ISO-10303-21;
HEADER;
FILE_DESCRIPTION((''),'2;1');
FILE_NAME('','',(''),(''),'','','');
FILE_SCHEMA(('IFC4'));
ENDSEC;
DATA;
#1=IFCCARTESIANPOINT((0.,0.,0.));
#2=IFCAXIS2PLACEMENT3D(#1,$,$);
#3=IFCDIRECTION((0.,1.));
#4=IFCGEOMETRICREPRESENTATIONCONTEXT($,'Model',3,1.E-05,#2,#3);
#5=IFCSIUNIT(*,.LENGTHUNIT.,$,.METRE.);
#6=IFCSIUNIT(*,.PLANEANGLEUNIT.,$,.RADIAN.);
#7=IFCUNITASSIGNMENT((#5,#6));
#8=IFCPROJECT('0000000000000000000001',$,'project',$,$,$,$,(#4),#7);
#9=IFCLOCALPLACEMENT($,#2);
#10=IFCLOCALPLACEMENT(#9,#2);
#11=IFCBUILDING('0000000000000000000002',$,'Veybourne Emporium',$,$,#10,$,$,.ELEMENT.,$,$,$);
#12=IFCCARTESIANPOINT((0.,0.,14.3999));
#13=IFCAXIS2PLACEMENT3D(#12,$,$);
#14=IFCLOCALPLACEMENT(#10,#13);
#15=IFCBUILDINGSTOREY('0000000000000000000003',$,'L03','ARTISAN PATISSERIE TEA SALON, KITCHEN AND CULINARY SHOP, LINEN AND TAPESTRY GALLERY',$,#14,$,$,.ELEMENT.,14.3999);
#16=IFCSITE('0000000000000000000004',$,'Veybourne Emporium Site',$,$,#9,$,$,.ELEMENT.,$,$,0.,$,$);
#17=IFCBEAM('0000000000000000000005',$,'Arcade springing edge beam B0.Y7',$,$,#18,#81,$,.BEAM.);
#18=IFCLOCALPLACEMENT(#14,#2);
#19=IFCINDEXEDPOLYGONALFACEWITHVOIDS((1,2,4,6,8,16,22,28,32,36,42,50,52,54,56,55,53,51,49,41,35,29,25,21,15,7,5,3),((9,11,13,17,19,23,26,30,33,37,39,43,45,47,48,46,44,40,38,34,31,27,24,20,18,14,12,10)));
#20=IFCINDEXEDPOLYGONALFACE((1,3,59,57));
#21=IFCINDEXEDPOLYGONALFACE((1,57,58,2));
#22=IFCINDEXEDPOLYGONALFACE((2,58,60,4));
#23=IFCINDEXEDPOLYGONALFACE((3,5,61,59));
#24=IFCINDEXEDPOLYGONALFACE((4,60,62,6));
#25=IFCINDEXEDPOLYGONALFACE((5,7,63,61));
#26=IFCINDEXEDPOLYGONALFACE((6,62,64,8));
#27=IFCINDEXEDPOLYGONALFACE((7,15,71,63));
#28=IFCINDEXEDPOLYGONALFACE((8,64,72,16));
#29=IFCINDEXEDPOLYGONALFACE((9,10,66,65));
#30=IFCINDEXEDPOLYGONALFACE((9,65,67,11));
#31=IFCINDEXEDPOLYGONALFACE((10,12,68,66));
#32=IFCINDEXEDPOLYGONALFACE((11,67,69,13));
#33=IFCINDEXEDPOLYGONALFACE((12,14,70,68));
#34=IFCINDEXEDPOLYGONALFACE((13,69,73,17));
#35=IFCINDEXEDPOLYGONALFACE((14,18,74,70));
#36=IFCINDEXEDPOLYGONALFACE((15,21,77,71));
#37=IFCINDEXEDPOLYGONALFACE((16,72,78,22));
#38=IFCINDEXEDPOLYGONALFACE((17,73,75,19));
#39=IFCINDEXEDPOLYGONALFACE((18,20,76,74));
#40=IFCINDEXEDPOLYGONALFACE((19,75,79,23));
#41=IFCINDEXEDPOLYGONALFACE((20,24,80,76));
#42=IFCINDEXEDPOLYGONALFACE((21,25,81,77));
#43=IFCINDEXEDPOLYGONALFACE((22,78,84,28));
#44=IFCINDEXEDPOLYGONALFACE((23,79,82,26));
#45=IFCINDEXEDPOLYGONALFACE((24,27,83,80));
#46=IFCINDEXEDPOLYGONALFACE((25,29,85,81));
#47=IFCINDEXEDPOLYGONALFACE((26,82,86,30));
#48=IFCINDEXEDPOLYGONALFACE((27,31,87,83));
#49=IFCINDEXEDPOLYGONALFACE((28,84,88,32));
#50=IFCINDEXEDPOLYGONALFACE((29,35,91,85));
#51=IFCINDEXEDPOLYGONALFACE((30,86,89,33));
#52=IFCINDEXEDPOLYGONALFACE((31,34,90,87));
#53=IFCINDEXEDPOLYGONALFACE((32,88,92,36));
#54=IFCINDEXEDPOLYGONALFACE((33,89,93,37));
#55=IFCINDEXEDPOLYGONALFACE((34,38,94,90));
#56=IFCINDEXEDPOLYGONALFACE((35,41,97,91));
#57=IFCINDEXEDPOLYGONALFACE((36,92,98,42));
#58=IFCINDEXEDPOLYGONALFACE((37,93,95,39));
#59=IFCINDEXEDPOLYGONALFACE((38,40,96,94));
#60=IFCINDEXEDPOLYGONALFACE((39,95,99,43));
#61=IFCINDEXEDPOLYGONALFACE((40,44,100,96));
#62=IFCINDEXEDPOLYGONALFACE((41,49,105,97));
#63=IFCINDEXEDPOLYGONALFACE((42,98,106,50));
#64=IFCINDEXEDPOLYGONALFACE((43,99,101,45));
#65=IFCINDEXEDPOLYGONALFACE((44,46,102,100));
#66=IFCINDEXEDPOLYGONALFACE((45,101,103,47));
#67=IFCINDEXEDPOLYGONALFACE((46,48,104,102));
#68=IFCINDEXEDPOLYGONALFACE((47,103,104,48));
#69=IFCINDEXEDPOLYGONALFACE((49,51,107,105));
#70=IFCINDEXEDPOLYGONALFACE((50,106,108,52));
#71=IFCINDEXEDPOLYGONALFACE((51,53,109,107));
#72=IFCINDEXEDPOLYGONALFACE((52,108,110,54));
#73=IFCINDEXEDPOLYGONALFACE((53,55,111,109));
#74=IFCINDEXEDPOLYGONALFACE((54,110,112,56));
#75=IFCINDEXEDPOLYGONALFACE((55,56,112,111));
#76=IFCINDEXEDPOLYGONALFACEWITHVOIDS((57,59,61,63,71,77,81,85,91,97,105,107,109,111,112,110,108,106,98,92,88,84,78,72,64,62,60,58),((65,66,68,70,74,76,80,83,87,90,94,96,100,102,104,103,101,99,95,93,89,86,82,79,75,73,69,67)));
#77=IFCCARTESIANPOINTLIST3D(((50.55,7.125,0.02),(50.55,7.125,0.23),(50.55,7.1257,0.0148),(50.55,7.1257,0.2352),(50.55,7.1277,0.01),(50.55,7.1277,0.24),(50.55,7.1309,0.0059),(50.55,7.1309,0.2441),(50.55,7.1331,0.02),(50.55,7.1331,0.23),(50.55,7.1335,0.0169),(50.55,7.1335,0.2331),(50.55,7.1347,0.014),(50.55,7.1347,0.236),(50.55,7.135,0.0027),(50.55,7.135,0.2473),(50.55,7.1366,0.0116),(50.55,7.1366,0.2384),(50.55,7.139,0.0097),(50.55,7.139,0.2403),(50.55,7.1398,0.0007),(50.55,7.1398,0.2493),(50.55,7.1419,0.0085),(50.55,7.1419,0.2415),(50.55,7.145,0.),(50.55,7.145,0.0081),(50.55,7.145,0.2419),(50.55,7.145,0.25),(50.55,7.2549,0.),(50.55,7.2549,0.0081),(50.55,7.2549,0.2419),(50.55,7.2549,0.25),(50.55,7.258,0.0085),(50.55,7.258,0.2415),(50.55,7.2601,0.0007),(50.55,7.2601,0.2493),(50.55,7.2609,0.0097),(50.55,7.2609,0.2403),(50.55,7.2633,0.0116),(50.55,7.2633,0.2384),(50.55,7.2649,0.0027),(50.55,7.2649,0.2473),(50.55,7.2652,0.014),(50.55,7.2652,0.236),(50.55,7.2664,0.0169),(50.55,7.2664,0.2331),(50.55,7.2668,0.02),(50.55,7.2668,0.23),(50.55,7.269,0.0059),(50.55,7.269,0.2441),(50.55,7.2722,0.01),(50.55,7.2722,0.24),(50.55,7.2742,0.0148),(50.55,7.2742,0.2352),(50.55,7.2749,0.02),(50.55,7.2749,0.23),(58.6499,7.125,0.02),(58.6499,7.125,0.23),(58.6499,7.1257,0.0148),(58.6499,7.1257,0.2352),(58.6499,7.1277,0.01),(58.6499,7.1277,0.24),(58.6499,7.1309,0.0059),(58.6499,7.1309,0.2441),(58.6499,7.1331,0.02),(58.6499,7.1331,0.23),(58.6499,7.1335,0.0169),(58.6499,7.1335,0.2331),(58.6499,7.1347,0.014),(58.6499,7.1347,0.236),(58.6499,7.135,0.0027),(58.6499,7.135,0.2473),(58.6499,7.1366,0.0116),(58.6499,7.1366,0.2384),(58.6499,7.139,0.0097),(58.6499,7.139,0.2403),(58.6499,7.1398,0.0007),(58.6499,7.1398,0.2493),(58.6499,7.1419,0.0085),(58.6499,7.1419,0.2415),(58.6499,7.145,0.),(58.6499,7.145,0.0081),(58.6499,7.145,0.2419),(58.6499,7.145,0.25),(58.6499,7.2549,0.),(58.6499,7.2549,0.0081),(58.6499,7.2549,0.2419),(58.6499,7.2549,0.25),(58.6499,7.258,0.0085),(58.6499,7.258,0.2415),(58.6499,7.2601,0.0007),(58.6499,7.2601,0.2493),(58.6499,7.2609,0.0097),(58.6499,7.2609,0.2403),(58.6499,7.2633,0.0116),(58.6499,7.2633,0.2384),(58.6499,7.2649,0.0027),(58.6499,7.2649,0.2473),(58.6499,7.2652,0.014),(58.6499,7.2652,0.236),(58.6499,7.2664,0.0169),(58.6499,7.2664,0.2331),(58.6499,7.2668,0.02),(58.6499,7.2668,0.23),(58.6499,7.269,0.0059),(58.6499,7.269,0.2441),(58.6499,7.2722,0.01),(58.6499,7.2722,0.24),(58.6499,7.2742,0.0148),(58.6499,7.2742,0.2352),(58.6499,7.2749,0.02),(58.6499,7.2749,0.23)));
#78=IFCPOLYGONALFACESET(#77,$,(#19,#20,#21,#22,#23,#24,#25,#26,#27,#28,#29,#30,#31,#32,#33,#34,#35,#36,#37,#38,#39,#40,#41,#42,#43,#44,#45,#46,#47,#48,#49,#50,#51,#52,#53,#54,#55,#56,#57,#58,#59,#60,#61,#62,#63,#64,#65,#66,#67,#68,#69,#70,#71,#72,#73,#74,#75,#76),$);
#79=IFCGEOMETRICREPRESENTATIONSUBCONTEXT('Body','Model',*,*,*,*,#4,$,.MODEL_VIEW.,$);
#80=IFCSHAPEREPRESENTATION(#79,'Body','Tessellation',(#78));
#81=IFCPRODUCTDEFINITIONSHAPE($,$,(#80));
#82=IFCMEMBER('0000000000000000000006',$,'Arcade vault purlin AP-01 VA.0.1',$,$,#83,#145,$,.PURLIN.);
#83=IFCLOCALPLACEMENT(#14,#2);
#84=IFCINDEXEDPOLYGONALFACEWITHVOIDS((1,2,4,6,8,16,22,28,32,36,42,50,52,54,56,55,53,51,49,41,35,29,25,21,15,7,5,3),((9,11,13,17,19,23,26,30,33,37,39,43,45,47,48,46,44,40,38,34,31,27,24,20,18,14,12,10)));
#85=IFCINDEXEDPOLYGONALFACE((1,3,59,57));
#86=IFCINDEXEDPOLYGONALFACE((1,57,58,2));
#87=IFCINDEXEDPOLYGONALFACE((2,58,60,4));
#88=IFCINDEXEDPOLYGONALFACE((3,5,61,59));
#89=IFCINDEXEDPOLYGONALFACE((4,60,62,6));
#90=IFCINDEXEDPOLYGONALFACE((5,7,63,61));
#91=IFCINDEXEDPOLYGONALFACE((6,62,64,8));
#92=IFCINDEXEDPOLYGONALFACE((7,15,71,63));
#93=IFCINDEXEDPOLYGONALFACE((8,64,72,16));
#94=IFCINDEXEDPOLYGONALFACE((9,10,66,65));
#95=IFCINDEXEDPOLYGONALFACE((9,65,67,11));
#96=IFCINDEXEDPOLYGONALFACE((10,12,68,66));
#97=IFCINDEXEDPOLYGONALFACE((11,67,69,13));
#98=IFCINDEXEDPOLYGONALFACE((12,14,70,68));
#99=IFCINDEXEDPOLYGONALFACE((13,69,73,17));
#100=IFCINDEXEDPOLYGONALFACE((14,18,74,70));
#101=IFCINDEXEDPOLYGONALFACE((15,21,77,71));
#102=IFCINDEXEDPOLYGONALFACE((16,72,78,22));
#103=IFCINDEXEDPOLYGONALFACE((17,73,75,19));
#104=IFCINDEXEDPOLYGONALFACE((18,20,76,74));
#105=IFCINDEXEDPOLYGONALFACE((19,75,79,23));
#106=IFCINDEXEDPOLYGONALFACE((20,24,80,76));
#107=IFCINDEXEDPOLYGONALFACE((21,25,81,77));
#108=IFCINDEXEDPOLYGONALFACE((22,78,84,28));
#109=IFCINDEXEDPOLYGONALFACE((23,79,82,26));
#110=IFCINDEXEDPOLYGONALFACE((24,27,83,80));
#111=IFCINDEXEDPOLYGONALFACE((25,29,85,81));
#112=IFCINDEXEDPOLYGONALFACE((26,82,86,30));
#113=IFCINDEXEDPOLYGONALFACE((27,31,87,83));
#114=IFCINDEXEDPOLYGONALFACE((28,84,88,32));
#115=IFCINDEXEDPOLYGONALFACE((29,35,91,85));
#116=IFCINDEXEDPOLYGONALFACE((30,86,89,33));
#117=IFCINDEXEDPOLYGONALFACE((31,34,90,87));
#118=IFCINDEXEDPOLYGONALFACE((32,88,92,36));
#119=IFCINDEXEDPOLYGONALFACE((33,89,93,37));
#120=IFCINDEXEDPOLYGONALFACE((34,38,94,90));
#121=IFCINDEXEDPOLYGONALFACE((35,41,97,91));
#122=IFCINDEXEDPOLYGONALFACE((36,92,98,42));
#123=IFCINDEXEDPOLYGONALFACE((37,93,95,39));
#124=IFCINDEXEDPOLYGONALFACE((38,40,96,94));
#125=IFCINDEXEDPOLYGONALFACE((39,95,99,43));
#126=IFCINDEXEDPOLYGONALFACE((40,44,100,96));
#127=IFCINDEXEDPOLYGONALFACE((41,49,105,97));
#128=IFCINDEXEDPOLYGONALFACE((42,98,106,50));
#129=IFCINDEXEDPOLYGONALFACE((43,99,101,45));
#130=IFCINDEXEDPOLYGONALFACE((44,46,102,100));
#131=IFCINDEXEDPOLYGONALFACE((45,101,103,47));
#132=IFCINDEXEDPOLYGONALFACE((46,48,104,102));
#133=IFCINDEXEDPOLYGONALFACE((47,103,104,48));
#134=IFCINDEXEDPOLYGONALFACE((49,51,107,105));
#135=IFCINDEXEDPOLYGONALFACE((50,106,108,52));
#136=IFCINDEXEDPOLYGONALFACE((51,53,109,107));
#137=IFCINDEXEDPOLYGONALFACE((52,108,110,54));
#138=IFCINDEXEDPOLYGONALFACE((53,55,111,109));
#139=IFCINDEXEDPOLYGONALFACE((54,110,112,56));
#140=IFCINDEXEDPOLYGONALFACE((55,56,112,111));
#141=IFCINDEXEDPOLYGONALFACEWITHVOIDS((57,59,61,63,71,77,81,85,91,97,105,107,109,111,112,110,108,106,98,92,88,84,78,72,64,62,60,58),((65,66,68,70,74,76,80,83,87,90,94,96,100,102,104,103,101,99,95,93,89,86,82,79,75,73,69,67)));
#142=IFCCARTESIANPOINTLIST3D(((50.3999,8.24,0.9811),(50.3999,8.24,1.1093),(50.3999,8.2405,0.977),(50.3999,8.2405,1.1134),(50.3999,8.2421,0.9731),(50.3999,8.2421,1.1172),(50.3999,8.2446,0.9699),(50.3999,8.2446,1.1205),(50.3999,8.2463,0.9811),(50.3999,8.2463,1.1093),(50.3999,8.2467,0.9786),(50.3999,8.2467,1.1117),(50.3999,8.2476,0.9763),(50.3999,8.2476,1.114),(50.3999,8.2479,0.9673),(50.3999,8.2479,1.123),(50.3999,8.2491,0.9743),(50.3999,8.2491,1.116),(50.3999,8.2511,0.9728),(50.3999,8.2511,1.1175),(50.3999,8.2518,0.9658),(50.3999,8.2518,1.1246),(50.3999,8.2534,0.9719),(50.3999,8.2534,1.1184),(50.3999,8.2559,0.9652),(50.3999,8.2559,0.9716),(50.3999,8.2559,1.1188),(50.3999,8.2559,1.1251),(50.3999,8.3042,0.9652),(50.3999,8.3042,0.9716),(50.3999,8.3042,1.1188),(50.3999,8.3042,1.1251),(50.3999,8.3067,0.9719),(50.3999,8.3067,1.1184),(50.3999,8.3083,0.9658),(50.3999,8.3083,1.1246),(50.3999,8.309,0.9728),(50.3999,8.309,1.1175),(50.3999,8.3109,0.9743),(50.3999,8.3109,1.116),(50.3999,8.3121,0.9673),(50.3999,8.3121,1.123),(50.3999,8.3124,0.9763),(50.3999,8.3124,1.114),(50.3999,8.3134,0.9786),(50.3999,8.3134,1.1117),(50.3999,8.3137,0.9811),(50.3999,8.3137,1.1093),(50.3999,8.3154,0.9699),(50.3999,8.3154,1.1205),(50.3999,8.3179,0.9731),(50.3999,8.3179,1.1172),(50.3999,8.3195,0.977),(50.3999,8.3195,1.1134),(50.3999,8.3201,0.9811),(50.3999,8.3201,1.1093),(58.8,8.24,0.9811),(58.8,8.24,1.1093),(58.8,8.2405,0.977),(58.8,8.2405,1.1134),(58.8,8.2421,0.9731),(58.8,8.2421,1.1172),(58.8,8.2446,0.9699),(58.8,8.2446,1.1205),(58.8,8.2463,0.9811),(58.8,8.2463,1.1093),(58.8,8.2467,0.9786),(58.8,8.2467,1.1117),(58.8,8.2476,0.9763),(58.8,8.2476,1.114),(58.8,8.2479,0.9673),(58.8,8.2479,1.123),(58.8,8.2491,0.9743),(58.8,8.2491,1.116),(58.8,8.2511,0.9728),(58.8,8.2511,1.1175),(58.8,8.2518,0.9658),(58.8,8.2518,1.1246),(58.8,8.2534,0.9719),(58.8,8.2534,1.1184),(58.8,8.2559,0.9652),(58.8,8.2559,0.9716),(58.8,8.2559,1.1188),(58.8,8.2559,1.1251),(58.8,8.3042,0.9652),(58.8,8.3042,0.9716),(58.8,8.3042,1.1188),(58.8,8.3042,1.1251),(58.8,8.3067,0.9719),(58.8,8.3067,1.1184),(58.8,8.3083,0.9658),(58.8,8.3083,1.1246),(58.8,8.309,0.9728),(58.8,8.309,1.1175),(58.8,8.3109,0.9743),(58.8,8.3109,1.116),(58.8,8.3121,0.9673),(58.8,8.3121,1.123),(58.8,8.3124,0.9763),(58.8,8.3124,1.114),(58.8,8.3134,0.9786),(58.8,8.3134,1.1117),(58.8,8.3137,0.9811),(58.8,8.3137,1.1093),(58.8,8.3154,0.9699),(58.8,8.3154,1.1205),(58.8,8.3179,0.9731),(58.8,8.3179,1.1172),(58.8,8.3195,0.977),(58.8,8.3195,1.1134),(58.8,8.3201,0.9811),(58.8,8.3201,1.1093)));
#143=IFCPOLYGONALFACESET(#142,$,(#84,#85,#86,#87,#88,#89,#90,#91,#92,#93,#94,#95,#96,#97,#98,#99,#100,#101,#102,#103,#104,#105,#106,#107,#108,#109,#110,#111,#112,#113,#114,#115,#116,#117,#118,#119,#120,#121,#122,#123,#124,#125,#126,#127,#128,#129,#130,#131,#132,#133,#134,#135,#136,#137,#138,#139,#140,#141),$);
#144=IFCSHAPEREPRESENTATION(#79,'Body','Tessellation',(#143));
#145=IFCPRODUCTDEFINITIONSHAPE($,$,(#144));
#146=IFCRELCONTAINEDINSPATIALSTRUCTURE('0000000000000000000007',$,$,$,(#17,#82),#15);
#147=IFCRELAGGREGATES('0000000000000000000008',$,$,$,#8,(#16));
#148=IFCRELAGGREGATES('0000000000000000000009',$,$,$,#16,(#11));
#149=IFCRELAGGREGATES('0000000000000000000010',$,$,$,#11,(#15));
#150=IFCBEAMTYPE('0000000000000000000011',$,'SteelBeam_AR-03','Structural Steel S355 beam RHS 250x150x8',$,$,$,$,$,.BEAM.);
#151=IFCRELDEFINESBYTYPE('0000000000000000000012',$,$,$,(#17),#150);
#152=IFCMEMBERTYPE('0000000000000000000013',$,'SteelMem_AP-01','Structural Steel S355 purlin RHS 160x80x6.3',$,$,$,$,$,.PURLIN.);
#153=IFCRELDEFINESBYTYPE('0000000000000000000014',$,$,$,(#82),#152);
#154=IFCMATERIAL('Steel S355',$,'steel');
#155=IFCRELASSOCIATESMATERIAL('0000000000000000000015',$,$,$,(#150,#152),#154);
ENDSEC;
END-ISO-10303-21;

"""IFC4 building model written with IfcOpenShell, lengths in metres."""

from ifc_helpers import new_model, si_unit, direction, frame, origin, origin_2d, place, context, subcontext, project, spatial, hollow_rectangle, extrude, material, material_profile, profile_set, type_object, element, save


model = new_model("IFC4")

# Units and contexts
model_context = context("Model", 3, precision=1e-05, world=origin(), true_north=direction((0.0, 1.0)))
body_context = subcontext(model_context, "Body", "Model", "MODEL_VIEW")
ifc_project = project(units=[si_unit("LENGTHUNIT", "METRE"), si_unit("PLANEANGLEUNIT", "RADIAN")], contexts=[model_context])

# Site, building, storey
site_placement = place(None, origin())
site = spatial("IfcSite", under=ifc_project, at=site_placement, Name="Veybourne Emporium Site", CompositionType="ELEMENT", RefElevation=0.0)
building_placement = place(site_placement, origin())
building = spatial("IfcBuilding", under=site, at=building_placement, Name="Veybourne Emporium", CompositionType="ELEMENT")
storey_placement = place(building_placement, frame((0.0, 0.0, 14.3999)))
storey = spatial("IfcBuildingStorey", under=building, at=storey_placement, Name="L03", Description="ARTISAN PATISSERIE TEA SALON, KITCHEN AND CULINARY SHOP, LINEN AND TAPESTRY GALLERY", CompositionType="ELEMENT", Elevation=14.3999)

# Beam
ifc_material_1 = material(Name="Steel S355", Category="steel")
ifc_material_profile_1 = material_profile(ifc_material_1, hollow_rectangle(XDim=0.1499, YDim=0.25, WallThickness=0.0081, InnerFilletRadius=0.012, OuterFilletRadius=0.02, at=origin_2d()), Name="RHS 250x150x8")
ifc_profile_set_1 = profile_set([ifc_material_profile_1], Name="Steel S355")
beam_type_1 = type_object("IfcBeamType", Name="SteelBeam_AR-03", Description="Structural Steel S355 beam RHS 250x150x8", PredefinedType="BEAM", material=ifc_profile_set_1)
beam_1_placement = place(storey_placement, frame((50.55, 7.2, 0.125), z_axis=(1.0, 0.0, 0.0), x_axis=(0.0, 1.0, 0.0)))
element("IfcBeam", 1, at=beam_1_placement, inside=storey, type_object=beam_type_1, Name="Arcade springing edge beam B0.Y7", PredefinedType="BEAM", context=body_context, shape_type="SweptSolid", body=[
    extrude(hollow_rectangle(XDim=0.1499, YDim=0.25, WallThickness=0.0081, InnerFilletRadius=0.012, OuterFilletRadius=0.02, at=origin_2d()), origin(), (0.0, 0.0, 1.0), 8.0999),
])

# Member
ifc_material_profile_2 = material_profile(ifc_material_1, hollow_rectangle(XDim=0.0801, YDim=0.1599, WallThickness=0.0063, InnerFilletRadius=0.0095, OuterFilletRadius=0.0159, at=origin_2d()), Name="RHS 160x80x6.3")
ifc_profile_set_2 = profile_set([ifc_material_profile_2], Name="Steel S355")
member_type_1 = type_object("IfcMemberType", Name="SteelMem_AP-01", Description="Structural Steel S355 purlin RHS 160x80x6.3", PredefinedType="PURLIN", material=ifc_profile_set_2)
for number, where, z_axis, x_axis, name in (
    (2, (50.3999, 8.28, 1.0452), (1.0, 0.0, 0.0), (0.0, 1.0, 0.0), "Arcade vault purlin AP-01 VA.0.1"),
):
    element("IfcMember", number, at=place(storey_placement, frame(where, z_axis=z_axis, x_axis=x_axis)), inside=storey, type_object=member_type_1, Name=name, PredefinedType="PURLIN", context=body_context, shape_type="SweptSolid", body=[
        extrude(hollow_rectangle(XDim=0.0801, YDim=0.1599, WallThickness=0.0063, InnerFilletRadius=0.0095, OuterFilletRadius=0.0159, at=origin_2d()), origin(), (0.0, 0.0, 1.0), 8.4001),
    ])

save(model, "model.ifc")
